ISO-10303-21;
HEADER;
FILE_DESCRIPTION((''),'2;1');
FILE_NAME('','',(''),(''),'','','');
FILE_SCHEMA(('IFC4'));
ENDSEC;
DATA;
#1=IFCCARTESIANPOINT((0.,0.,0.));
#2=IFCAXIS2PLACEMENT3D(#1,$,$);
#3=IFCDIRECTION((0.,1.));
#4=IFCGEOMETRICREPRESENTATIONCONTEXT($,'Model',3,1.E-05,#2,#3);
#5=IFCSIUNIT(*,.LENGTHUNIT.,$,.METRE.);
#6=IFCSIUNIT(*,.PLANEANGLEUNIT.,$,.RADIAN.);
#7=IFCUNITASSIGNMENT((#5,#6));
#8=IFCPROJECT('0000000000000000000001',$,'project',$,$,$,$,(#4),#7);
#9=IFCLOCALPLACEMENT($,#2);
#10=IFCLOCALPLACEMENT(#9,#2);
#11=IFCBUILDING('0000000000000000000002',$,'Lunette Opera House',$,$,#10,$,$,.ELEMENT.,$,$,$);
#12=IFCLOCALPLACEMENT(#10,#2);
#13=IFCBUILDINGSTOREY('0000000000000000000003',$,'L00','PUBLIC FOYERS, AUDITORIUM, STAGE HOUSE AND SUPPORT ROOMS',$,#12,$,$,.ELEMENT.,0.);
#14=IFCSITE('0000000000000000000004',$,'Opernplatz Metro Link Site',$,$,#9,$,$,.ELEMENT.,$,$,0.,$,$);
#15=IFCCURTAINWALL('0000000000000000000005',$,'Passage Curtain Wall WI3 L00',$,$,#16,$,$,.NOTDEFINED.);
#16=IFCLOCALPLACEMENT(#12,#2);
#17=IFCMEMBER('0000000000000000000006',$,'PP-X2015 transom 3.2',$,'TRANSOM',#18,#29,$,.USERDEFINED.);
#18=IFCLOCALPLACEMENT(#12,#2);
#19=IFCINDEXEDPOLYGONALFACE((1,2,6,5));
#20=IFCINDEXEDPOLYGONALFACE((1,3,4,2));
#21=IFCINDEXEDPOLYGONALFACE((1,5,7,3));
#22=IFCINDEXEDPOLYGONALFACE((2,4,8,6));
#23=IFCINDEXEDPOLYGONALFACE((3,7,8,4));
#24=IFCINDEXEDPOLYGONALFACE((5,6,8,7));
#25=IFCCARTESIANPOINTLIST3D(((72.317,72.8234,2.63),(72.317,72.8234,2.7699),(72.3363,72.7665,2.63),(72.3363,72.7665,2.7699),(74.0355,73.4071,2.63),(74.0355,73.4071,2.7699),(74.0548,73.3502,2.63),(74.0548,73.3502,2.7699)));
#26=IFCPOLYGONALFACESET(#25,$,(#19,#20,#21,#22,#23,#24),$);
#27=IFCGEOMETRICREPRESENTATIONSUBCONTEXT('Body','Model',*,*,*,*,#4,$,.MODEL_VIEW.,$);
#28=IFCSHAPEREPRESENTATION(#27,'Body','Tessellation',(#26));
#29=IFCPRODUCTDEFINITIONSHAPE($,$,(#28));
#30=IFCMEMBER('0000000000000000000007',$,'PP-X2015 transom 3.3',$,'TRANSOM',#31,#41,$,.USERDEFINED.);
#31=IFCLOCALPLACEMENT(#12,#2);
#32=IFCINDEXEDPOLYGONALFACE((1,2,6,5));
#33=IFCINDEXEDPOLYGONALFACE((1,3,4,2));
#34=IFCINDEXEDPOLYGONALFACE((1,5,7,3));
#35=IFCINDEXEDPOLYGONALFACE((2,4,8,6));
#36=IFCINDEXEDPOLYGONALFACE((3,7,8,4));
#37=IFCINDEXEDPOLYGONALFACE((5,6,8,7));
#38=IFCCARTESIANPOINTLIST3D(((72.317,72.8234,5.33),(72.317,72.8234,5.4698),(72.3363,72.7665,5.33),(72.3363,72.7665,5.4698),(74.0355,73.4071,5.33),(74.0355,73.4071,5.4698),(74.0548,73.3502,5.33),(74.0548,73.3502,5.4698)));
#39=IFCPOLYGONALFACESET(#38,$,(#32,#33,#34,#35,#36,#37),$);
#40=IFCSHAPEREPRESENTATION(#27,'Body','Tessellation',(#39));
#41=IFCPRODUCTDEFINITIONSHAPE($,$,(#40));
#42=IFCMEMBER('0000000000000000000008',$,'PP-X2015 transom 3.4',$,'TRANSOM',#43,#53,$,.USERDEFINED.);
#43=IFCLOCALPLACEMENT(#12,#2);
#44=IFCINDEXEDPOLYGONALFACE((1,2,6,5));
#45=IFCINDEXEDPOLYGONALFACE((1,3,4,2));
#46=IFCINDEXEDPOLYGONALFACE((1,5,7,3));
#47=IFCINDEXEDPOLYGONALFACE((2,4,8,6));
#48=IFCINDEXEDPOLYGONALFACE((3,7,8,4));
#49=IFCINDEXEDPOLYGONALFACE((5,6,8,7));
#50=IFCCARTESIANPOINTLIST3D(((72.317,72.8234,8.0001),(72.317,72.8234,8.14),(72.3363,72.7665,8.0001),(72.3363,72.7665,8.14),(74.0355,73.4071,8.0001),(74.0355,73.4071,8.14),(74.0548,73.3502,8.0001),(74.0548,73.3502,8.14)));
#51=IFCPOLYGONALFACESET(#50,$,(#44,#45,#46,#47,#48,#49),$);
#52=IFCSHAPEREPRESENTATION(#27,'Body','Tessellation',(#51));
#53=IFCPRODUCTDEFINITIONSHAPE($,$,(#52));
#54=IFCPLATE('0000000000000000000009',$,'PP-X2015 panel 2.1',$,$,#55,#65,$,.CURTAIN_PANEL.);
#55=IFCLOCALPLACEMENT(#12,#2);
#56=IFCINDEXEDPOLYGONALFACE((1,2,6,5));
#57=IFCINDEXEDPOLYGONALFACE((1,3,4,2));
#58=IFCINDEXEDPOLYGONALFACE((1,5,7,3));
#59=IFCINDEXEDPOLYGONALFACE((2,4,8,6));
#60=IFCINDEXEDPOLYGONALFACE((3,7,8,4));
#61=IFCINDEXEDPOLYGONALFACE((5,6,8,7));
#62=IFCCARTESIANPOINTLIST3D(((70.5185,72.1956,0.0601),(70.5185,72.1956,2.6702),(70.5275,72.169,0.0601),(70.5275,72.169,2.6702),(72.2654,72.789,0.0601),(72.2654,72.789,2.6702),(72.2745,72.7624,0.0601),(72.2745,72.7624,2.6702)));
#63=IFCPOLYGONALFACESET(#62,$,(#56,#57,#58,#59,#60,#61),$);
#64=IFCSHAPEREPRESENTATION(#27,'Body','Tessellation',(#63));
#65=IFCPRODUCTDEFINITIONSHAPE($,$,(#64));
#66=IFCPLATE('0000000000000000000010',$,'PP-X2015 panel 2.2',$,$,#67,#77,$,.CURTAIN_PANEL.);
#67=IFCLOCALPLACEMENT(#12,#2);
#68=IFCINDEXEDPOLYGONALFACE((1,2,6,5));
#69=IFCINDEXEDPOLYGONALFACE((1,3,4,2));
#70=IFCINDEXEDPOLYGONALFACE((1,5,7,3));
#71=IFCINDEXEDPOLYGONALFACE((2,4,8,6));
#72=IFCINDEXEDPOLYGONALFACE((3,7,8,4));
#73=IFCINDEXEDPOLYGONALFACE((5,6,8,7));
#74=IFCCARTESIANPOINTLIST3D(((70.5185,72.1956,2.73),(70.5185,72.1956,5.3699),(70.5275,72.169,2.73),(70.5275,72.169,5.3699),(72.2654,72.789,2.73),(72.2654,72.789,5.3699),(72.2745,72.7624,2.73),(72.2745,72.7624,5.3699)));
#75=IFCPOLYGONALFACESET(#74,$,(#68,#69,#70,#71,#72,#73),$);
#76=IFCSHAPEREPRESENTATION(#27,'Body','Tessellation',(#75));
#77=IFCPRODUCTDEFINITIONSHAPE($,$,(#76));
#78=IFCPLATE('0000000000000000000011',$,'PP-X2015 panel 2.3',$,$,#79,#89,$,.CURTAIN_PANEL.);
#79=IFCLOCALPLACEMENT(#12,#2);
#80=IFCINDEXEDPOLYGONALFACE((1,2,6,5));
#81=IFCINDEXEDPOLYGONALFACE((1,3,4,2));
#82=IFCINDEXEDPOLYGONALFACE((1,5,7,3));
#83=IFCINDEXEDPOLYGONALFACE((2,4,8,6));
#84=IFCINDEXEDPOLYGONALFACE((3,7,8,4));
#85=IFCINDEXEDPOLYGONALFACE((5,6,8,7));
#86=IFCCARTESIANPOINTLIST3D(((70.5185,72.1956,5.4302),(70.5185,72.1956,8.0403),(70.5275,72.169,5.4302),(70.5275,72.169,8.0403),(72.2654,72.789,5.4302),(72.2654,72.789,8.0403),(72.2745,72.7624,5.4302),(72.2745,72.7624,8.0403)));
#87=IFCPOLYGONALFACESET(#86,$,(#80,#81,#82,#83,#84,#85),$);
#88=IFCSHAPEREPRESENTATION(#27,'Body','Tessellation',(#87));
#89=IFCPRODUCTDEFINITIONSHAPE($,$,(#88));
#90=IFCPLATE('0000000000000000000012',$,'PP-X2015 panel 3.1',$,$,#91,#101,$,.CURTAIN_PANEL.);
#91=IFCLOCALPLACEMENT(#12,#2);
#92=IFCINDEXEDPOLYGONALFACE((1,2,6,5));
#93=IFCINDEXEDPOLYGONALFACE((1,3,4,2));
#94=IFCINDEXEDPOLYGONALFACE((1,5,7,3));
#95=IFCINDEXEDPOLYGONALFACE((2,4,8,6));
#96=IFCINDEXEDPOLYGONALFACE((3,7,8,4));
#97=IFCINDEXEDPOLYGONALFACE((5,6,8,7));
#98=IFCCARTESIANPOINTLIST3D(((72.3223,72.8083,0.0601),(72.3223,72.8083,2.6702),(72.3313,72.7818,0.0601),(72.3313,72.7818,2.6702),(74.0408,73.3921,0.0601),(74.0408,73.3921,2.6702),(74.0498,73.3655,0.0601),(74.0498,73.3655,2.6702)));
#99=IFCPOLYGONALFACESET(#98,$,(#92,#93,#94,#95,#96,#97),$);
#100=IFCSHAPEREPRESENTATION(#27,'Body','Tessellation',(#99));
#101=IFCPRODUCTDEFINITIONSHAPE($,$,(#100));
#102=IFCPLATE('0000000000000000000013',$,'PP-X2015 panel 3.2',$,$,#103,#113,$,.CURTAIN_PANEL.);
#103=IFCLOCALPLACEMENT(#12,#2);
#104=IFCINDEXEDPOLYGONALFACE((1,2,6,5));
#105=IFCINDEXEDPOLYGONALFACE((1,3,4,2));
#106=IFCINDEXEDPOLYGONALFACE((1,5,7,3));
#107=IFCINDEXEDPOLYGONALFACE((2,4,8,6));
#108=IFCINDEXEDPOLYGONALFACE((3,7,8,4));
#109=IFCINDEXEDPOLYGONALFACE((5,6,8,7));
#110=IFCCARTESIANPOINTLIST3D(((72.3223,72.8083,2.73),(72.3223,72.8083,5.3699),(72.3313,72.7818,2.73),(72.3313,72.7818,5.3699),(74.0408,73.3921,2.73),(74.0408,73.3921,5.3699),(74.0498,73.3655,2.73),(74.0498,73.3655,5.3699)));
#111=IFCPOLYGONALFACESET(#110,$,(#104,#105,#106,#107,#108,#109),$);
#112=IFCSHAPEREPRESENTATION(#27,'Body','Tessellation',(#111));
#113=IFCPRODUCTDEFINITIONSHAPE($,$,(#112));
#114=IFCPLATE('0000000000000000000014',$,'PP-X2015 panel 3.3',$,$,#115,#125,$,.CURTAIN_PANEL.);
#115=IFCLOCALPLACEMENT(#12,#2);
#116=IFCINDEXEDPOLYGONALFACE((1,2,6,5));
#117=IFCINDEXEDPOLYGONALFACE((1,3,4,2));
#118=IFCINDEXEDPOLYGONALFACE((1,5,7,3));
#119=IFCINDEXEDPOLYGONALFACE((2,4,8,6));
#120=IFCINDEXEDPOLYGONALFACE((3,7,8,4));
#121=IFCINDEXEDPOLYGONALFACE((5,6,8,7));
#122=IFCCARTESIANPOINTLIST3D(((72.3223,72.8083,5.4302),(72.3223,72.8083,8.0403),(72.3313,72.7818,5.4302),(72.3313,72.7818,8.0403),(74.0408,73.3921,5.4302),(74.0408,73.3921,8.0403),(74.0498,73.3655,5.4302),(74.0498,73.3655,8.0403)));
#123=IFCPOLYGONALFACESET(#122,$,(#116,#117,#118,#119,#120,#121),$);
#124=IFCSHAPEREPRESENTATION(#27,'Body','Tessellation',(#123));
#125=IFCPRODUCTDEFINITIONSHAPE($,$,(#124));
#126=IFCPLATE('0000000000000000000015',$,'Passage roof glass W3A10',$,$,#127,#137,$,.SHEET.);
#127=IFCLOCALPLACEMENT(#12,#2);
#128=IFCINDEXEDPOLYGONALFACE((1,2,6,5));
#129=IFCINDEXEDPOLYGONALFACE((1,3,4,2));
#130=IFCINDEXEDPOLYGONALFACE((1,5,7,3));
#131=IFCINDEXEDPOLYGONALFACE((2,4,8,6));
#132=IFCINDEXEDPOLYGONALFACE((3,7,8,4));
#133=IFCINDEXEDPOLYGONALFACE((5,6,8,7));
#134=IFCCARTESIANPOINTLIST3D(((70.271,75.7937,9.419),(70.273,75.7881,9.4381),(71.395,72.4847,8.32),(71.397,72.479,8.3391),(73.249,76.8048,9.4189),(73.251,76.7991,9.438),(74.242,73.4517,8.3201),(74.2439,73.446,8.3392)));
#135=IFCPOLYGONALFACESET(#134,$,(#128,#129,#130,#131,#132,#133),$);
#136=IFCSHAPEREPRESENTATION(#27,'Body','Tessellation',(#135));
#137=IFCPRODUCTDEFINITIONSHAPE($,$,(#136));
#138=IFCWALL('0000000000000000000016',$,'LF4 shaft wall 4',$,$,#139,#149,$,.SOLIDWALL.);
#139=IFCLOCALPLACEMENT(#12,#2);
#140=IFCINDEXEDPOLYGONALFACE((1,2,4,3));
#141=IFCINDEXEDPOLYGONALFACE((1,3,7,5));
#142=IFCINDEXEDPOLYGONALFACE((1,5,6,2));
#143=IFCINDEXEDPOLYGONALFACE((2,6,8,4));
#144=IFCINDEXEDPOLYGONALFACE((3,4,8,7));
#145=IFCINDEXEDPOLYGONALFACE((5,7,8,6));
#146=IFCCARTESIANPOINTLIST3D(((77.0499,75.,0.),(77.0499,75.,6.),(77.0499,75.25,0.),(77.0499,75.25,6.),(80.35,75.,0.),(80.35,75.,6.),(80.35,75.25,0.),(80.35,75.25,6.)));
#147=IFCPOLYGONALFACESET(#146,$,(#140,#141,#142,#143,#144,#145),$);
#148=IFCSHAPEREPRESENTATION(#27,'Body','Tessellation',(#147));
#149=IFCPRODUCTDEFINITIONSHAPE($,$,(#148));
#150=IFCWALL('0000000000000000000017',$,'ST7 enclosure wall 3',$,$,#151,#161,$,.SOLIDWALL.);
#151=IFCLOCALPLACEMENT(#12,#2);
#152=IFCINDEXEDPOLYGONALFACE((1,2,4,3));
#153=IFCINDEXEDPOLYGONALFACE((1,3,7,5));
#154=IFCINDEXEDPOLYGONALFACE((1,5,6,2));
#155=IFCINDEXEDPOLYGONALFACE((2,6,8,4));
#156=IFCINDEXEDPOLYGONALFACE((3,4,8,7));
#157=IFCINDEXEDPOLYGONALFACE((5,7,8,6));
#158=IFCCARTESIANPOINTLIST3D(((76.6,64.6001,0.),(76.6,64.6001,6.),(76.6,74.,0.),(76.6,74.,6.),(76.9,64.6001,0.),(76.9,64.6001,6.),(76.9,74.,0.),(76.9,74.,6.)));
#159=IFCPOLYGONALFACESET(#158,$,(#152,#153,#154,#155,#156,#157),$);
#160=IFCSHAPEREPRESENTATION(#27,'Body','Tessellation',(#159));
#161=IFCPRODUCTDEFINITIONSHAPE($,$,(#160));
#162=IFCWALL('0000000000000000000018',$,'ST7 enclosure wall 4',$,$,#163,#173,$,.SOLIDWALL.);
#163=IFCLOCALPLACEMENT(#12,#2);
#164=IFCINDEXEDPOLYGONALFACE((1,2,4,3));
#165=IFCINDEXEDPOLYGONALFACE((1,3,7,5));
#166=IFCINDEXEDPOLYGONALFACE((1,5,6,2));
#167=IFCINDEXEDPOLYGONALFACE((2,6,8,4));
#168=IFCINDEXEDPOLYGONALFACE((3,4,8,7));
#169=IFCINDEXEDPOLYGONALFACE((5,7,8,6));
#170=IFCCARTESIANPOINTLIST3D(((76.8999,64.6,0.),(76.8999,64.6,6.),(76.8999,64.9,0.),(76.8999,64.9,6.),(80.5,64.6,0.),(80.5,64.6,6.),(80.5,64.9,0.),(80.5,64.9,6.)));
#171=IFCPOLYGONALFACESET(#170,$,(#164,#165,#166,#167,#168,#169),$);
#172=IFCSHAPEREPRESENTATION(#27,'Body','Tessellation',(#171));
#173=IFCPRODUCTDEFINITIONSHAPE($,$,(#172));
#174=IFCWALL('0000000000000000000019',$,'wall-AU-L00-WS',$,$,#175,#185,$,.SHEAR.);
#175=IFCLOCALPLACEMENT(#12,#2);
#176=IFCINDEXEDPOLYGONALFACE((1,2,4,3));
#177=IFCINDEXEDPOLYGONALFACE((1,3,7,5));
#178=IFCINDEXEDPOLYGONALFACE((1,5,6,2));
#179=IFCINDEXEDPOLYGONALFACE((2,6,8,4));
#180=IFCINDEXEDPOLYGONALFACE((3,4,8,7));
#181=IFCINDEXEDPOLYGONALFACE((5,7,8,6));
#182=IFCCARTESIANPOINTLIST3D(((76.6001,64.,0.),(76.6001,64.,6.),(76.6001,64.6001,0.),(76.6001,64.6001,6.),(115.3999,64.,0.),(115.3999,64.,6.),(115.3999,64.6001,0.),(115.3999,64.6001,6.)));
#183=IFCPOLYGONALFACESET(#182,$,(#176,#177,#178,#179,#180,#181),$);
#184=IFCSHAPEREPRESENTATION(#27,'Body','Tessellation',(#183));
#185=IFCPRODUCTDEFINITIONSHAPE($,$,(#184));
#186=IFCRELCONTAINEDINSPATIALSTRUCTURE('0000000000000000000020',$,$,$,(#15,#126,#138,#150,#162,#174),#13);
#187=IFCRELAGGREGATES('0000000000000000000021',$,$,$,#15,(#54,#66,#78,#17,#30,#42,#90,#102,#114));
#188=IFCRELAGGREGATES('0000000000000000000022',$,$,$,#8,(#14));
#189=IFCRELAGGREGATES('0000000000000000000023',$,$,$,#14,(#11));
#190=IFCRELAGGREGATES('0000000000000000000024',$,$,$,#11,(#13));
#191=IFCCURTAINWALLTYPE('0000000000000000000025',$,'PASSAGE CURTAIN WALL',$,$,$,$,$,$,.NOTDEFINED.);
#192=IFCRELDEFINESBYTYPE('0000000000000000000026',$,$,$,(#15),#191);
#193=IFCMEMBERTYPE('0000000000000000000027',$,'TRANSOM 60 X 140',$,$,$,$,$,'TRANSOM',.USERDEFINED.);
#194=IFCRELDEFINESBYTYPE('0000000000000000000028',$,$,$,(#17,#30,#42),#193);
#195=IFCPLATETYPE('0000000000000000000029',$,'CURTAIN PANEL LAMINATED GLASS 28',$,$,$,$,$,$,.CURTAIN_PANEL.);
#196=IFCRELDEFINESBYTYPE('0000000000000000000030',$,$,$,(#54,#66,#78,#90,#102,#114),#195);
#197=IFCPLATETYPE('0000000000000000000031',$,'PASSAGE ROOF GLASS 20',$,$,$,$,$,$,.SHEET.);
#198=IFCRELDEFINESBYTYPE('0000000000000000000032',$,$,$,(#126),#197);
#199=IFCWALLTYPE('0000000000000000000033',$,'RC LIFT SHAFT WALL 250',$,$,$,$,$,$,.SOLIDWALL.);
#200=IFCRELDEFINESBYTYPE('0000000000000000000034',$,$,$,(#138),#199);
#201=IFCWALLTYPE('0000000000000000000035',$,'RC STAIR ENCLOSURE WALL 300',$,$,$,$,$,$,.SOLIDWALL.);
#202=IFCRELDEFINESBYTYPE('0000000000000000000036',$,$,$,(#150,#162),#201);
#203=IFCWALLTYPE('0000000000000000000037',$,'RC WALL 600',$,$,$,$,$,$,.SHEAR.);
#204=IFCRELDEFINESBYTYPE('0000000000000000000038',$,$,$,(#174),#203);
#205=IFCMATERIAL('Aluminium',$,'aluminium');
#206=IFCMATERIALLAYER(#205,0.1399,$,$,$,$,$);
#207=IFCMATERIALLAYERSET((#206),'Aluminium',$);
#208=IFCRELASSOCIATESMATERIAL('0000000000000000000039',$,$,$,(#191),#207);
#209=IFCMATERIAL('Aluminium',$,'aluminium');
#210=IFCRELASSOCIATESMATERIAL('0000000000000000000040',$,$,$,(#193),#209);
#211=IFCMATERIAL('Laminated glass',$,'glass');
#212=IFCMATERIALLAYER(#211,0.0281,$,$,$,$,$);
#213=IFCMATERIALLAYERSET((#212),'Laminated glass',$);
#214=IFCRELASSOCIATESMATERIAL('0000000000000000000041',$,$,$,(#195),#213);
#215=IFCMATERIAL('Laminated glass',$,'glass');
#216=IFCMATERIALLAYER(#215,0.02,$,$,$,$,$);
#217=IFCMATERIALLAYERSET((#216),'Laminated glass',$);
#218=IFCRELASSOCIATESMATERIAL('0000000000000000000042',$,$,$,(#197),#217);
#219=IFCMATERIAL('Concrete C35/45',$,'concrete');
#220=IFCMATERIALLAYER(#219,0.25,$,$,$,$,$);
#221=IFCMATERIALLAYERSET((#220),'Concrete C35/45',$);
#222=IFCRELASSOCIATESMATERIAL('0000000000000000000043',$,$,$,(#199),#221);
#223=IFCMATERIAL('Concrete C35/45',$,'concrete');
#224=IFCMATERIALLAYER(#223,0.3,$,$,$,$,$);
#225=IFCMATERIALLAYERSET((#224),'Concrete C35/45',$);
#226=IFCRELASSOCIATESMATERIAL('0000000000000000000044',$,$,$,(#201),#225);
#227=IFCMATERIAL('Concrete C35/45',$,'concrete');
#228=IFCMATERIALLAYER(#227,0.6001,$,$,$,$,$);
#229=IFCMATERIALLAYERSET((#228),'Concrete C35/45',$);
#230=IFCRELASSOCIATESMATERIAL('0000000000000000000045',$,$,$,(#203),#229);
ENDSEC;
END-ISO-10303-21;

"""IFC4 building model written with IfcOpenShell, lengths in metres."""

from ifc_helpers import new_model, si_unit, direction, frame, frame_2d, origin, origin_2d, place, context, subcontext, project, spatial, polyline, rectangle, outline, extrude, material, layer, layer_set, material_profile, profile_set, type_object, element, aggregate, save


model = new_model("IFC4")

# Units and contexts
model_context = context("Model", 3, precision=1e-05, world=origin(), true_north=direction((0.0, 1.0)))
body_context = subcontext(model_context, "Body", "Model", "MODEL_VIEW")
ifc_project = project(units=[si_unit("LENGTHUNIT", "METRE"), si_unit("PLANEANGLEUNIT", "RADIAN")], contexts=[model_context])

# Site, building, storey
site_placement = place(None, origin())
site = spatial("IfcSite", under=ifc_project, at=site_placement, Name="Opernplatz Metro Link Site", CompositionType="ELEMENT", RefElevation=0.0)
building_placement = place(site_placement, origin())
building = spatial("IfcBuilding", under=site, at=building_placement, Name="Lunette Opera House", CompositionType="ELEMENT")
storey_placement = place(building_placement, origin())
storey = spatial("IfcBuildingStorey", under=building, at=storey_placement, Name="L00", Description="PUBLIC FOYERS, AUDITORIUM, STAGE HOUSE AND SUPPORT ROOMS", CompositionType="ELEMENT", Elevation=0.0)

# Curtain wall
ifc_material_1 = material(Name="Aluminium", Category="aluminium")
ifc_layer_1 = layer(ifc_material_1, 0.1399)
ifc_layer_set_1 = layer_set([ifc_layer_1], Name="Aluminium")
curtain_wall_type = type_object("IfcCurtainWallType", Name="PASSAGE CURTAIN WALL", PredefinedType="NOTDEFINED", material=ifc_layer_set_1)
curtain_wall_placement = place(storey_placement, origin())
curtain_wall = element("IfcCurtainWall", 1, at=curtain_wall_placement, inside=storey, type_object=curtain_wall_type, Name="Passage Curtain Wall WI3 L00", PredefinedType="NOTDEFINED")

# Members
ifc_material_2 = material(Name="Aluminium", Category="aluminium")
ifc_material_profile_1 = material_profile(ifc_material_2, rectangle(XDim=0.0601, YDim=0.1399, at=origin_2d()), Name="TRANSOM 60 X 140")
ifc_profile_set_1 = profile_set([ifc_material_profile_1], Name="Aluminium")
member_type_1 = type_object("IfcMemberType", Name="TRANSOM 60 X 140", ElementType="TRANSOM", PredefinedType="USERDEFINED", material=ifc_profile_set_1)
member_1_placement = place(storey_placement, frame((72.3267, 72.7949, 2.7), z_axis=(0.946865, 0.32163, 0.0), x_axis=(-0.32163, 0.946865, 0.0)))
member_1 = element("IfcMember", 2, at=member_1_placement, type_object=member_type_1, Name="PP-X2015 transom 3.2", ObjectType="TRANSOM", PredefinedType="USERDEFINED", context=body_context, shape_type="SweptSolid", body=[
    extrude(rectangle(XDim=0.0601, YDim=0.1399, at=origin_2d()), origin(), (0.0, 0.0, 1.0), 1.8149),
])
member_2_placement = place(storey_placement, frame((72.3267, 72.7949, 5.3999), z_axis=(0.946865, 0.32163, 0.0), x_axis=(-0.32163, 0.946865, 0.0)))
member_2 = element("IfcMember", 3, at=member_2_placement, type_object=member_type_1, Name="PP-X2015 transom 3.3", ObjectType="TRANSOM", PredefinedType="USERDEFINED", context=body_context, shape_type="SweptSolid", body=[
    extrude(rectangle(XDim=0.0601, YDim=0.1399, at=origin_2d()), origin(), (0.0, 0.0, 1.0), 1.8149),
])
member_3_placement = place(storey_placement, frame((72.3267, 72.7949, 8.0701), z_axis=(0.946865, 0.32163, 0.0), x_axis=(-0.32163, 0.946865, 0.0)))
member_3 = element("IfcMember", 4, at=member_3_placement, type_object=member_type_1, Name="PP-X2015 transom 3.4", ObjectType="TRANSOM", PredefinedType="USERDEFINED", context=body_context, shape_type="SweptSolid", body=[
    extrude(rectangle(XDim=0.0601, YDim=0.1399, at=origin_2d()), origin(), (0.0, 0.0, 1.0), 1.8149),
])

# Plates
ifc_material_3 = material(Name="Laminated glass", Category="glass")
ifc_layer_2 = layer(ifc_material_3, 0.0281)
ifc_layer_set_2 = layer_set([ifc_layer_2], Name="Laminated glass")
plate_type_1 = type_object("IfcPlateType", Name="CURTAIN PANEL LAMINATED GLASS 28", PredefinedType="CURTAIN_PANEL", material=ifc_layer_set_2)
plate_1_placement = place(storey_placement, frame((71.3965, 72.479, 0.0601), z_axis=(0.0, 0.0, 1.0), x_axis=(0.946866, 0.32163, 0.0)))
plate_1 = element("IfcPlate", 5, at=plate_1_placement, type_object=plate_type_1, Name="PP-X2015 panel 2.1", PredefinedType="CURTAIN_PANEL", context=body_context, shape_type="SweptSolid", body=[
    extrude(rectangle(XDim=1.845, YDim=0.0281, at=origin_2d()), origin(), (0.0, 0.0, 1.0), 2.6101),
])
plate_2_placement = place(storey_placement, frame((71.3965, 72.479, 2.73), z_axis=(0.0, 0.0, 1.0), x_axis=(0.946866, 0.32163, 0.0)))
plate_2 = element("IfcPlate", 6, at=plate_2_placement, type_object=plate_type_1, Name="PP-X2015 panel 2.2", PredefinedType="CURTAIN_PANEL", context=body_context, shape_type="SweptSolid", body=[
    extrude(rectangle(XDim=1.845, YDim=0.0281, at=origin_2d()), origin(), (0.0, 0.0, 1.0), 2.6399),
])
plate_3_placement = place(storey_placement, frame((71.3965, 72.479, 5.4302), z_axis=(0.0, 0.0, 1.0), x_axis=(0.946866, 0.32163, 0.0)))
plate_3 = element("IfcPlate", 7, at=plate_3_placement, type_object=plate_type_1, Name="PP-X2015 panel 2.3", PredefinedType="CURTAIN_PANEL", context=body_context, shape_type="SweptSolid", body=[
    extrude(rectangle(XDim=1.845, YDim=0.0281, at=origin_2d()), origin(), (0.0, 0.0, 1.0), 2.6101),
])
plate_4_placement = place(storey_placement, frame((73.186, 73.0869, 0.0601), z_axis=(0.0, 0.0, 1.0), x_axis=(0.946866, 0.32163, 0.0)))
plate_4 = element("IfcPlate", 8, at=plate_4_placement, type_object=plate_type_1, Name="PP-X2015 panel 3.1", PredefinedType="CURTAIN_PANEL", context=body_context, shape_type="SweptSolid", body=[
    extrude(rectangle(XDim=1.8149, YDim=0.0281, at=origin_2d()), origin(), (0.0, 0.0, 1.0), 2.6101),
])
plate_5_placement = place(storey_placement, frame((73.186, 73.0869, 2.73), z_axis=(0.0, 0.0, 1.0), x_axis=(0.946866, 0.32163, 0.0)))
plate_5 = element("IfcPlate", 9, at=plate_5_placement, type_object=plate_type_1, Name="PP-X2015 panel 3.2", PredefinedType="CURTAIN_PANEL", context=body_context, shape_type="SweptSolid", body=[
    extrude(rectangle(XDim=1.8149, YDim=0.0281, at=origin_2d()), origin(), (0.0, 0.0, 1.0), 2.6399),
])
plate_6_placement = place(storey_placement, frame((73.186, 73.0869, 5.4302), z_axis=(0.0, 0.0, 1.0), x_axis=(0.946866, 0.32163, 0.0)))
plate_6 = element("IfcPlate", 10, at=plate_6_placement, type_object=plate_type_1, Name="PP-X2015 panel 3.3", PredefinedType="CURTAIN_PANEL", context=body_context, shape_type="SweptSolid", body=[
    extrude(rectangle(XDim=1.8149, YDim=0.0281, at=origin_2d()), origin(), (0.0, 0.0, 1.0), 2.6101),
])
aggregate(curtain_wall, [plate_1, plate_2, plate_3, member_1, member_2, member_3, plate_4, plate_5, plate_6])
ifc_material_4 = material(Name="Laminated glass", Category="glass")
ifc_layer_3 = layer(ifc_material_4, 0.02)
ifc_layer_set_3 = layer_set([ifc_layer_3], Name="Laminated glass")
plate_type_2 = type_object("IfcPlateType", Name="PASSAGE ROOF GLASS 20", PredefinedType="SHEET", material=ifc_layer_set_3)
plate_7_placement = place(storey_placement, frame((71.397, 72.479, 8.3391), z_axis=(0.096456, -0.284046, 0.953946), x_axis=(0.946868, 0.321623, 0.000026)))
element("IfcPlate", 11, at=plate_7_placement, inside=storey, type_object=plate_type_2, Name="Passage roof glass W3A10", PredefinedType="SHEET", context=body_context, shape_type="SweptSolid", body=[
    extrude(outline(polyline([(0.0, 0.0), (3.0067, 0.0), (3.145, 3.6629), (0.0, 3.6635), (0.0, 0.0)])), origin(), (0.0, 0.0, -1.0), 0.02),
])

# Walls
ifc_material_5 = material(Name="Concrete C35/45", Category="concrete")
ifc_layer_4 = layer(ifc_material_5, 0.25)
ifc_layer_set_4 = layer_set([ifc_layer_4], Name="Concrete C35/45")
wall_type_1 = type_object("IfcWallType", Name="RC LIFT SHAFT WALL 250", PredefinedType="SOLIDWALL", material=ifc_layer_set_4)
wall_1_placement = place(storey_placement, frame((77.05, 75.125, 0.0), z_axis=(0.0, 0.0, 1.0), x_axis=(1.0, 0.0, 0.0)))
element("IfcWall", 12, at=wall_1_placement, inside=storey, type_object=wall_type_1, Name="LF4 shaft wall 4", PredefinedType="SOLIDWALL", context=body_context, shape_type="SweptSolid", body=[
    extrude(rectangle(XDim=3.3, YDim=0.25, at=frame_2d((1.6499, 0.0))), origin(), (0.0, 0.0, 1.0), 6.0),
])
ifc_material_6 = material(Name="Concrete C35/45", Category="concrete")
ifc_layer_5 = layer(ifc_material_6, 0.3)
ifc_layer_set_5 = layer_set([ifc_layer_5], Name="Concrete C35/45")
wall_type_2 = type_object("IfcWallType", Name="RC STAIR ENCLOSURE WALL 300", PredefinedType="SOLIDWALL", material=ifc_layer_set_5)
wall_2_placement = place(storey_placement, frame((76.75, 74.0, 0.0), z_axis=(0.0, 0.0, 1.0), x_axis=(0.0, -1.0, 0.0)))
element("IfcWall", 13, at=wall_2_placement, inside=storey, type_object=wall_type_2, Name="ST7 enclosure wall 3", PredefinedType="SOLIDWALL", context=body_context, shape_type="SweptSolid", body=[
    extrude(rectangle(XDim=9.3999, YDim=0.3, at=frame_2d((4.7, 0.0))), origin(), (0.0, 0.0, 1.0), 6.0),
])
wall_3_placement = place(storey_placement, frame((76.8999, 64.75, 0.0), z_axis=(0.0, 0.0, 1.0), x_axis=(1.0, 0.0, 0.0)))
element("IfcWall", 14, at=wall_3_placement, inside=storey, type_object=wall_type_2, Name="ST7 enclosure wall 4", PredefinedType="SOLIDWALL", context=body_context, shape_type="SweptSolid", body=[
    extrude(rectangle(XDim=3.6001, YDim=0.3, at=frame_2d((1.8, 0.0))), origin(), (0.0, 0.0, 1.0), 6.0),
])
ifc_material_7 = material(Name="Concrete C35/45", Category="concrete")
ifc_layer_6 = layer(ifc_material_7, 0.6001)
ifc_layer_set_6 = layer_set([ifc_layer_6], Name="Concrete C35/45")
wall_type_3 = type_object("IfcWallType", Name="RC WALL 600", PredefinedType="SHEAR", material=ifc_layer_set_6)
wall_4_placement = place(storey_placement, frame((76.6001, 64.3, 0.0), z_axis=(0.0, 0.0, 1.0), x_axis=(1.0, 0.0, 0.0)))
element("IfcWall", 15, at=wall_4_placement, inside=storey, type_object=wall_type_3, Name="wall-AU-L00-WS", PredefinedType="SHEAR", context=body_context, shape_type="SweptSolid", body=[
    extrude(rectangle(XDim=38.7998, YDim=0.6001, at=frame_2d((19.3999, 0.0))), origin(), (0.0, 0.0, 1.0), 6.0),
])

save(model, "model.ifc")
